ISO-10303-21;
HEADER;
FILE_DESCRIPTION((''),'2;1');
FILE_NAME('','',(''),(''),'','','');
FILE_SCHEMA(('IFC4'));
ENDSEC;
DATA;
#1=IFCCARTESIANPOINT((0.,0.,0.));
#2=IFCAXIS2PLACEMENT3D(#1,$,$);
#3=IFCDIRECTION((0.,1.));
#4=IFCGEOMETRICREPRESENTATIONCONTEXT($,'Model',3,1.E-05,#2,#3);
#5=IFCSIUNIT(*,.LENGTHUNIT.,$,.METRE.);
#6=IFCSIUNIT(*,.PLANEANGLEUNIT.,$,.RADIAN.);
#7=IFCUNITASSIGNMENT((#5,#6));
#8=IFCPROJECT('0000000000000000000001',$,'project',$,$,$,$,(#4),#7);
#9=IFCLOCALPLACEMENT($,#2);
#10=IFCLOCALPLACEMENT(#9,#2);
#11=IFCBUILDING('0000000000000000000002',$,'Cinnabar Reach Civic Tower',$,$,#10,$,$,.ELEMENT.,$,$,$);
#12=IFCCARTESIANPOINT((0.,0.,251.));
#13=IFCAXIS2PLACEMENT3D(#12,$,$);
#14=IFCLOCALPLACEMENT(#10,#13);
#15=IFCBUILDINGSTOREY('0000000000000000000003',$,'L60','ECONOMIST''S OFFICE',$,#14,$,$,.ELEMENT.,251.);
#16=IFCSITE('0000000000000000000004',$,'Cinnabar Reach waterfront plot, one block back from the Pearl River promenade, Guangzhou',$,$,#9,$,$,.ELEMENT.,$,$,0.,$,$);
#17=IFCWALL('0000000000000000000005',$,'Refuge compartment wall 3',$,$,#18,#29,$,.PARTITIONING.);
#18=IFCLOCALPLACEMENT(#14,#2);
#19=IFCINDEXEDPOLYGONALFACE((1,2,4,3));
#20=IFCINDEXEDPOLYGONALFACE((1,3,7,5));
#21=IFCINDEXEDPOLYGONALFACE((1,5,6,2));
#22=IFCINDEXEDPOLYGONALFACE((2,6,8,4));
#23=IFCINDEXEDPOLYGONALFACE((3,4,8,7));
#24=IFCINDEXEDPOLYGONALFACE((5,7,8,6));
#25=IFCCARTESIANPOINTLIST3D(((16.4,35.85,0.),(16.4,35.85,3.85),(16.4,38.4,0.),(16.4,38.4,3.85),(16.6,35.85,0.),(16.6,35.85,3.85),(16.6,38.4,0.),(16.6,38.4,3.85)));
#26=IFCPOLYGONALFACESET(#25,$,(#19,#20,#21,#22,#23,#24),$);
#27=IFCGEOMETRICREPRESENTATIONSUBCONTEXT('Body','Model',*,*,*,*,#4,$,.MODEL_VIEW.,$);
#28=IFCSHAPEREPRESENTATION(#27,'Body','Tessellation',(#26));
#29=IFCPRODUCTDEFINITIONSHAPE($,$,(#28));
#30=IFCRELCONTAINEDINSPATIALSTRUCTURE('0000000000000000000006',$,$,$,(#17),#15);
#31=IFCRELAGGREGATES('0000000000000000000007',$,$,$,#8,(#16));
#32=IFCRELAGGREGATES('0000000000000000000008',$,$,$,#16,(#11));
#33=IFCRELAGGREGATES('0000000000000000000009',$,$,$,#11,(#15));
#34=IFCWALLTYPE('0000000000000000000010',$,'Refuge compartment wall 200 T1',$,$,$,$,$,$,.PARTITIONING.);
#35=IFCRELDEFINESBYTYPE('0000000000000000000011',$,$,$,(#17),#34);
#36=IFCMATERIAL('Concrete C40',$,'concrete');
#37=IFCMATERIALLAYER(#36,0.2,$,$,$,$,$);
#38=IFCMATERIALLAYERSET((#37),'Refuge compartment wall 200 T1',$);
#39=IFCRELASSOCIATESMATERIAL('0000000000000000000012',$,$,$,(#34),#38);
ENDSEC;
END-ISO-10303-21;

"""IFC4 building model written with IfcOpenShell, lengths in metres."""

from ifc_helpers import new_model, si_unit, direction, frame, frame_2d, origin, place, context, subcontext, project, spatial, rectangle, extrude, material, layer, layer_set, type_object, element, save


model = new_model("IFC4")

# Units and contexts
model_context = context("Model", 3, precision=1e-05, world=origin(), true_north=direction((0.0, 1.0)))
body_context = subcontext(model_context, "Body", "Model", "MODEL_VIEW")
ifc_project = project(units=[si_unit("LENGTHUNIT", "METRE"), si_unit("PLANEANGLEUNIT", "RADIAN")], contexts=[model_context])

# Site, building, storey
site_placement = place(None, origin())
site = spatial("IfcSite", under=ifc_project, at=site_placement, Name="Cinnabar Reach waterfront plot, one block back from the Pearl River promenade, Guangzhou", CompositionType="ELEMENT", RefElevation=0.0)
building_placement = place(site_placement, origin())
building = spatial("IfcBuilding", under=site, at=building_placement, Name="Cinnabar Reach Civic Tower", CompositionType="ELEMENT")
storey_placement = place(building_placement, frame((0.0, 0.0, 251.0)))
storey = spatial("IfcBuildingStorey", under=building, at=storey_placement, Name="L60", Description="ECONOMIST'S OFFICE", CompositionType="ELEMENT", Elevation=251.0)

# Wall
ifc_material_1 = material(Name="Concrete C40", Category="concrete")
ifc_layer_1 = layer(ifc_material_1, 0.2)
ifc_layer_set_1 = layer_set([ifc_layer_1], Name="Refuge compartment wall 200 T1")
wall_type_1 = type_object("IfcWallType", Name="Refuge compartment wall 200 T1", PredefinedType="PARTITIONING", material=ifc_layer_set_1)
wall_1_placement = place(storey_placement, frame((16.5, 35.85, 0.0), z_axis=(0.0, 0.0, 1.0), x_axis=(0.0, 1.0, 0.0)))
element("IfcWall", 1, at=wall_1_placement, inside=storey, type_object=wall_type_1, Name="Refuge compartment wall 3", PredefinedType="PARTITIONING", context=body_context, shape_type="SweptSolid", body=[
    extrude(rectangle(XDim=2.55, YDim=0.2, at=frame_2d((1.275, 0.0))), origin(), (0.0, 0.0, 1.0), 3.85),
])

save(model, "model.ifc")
